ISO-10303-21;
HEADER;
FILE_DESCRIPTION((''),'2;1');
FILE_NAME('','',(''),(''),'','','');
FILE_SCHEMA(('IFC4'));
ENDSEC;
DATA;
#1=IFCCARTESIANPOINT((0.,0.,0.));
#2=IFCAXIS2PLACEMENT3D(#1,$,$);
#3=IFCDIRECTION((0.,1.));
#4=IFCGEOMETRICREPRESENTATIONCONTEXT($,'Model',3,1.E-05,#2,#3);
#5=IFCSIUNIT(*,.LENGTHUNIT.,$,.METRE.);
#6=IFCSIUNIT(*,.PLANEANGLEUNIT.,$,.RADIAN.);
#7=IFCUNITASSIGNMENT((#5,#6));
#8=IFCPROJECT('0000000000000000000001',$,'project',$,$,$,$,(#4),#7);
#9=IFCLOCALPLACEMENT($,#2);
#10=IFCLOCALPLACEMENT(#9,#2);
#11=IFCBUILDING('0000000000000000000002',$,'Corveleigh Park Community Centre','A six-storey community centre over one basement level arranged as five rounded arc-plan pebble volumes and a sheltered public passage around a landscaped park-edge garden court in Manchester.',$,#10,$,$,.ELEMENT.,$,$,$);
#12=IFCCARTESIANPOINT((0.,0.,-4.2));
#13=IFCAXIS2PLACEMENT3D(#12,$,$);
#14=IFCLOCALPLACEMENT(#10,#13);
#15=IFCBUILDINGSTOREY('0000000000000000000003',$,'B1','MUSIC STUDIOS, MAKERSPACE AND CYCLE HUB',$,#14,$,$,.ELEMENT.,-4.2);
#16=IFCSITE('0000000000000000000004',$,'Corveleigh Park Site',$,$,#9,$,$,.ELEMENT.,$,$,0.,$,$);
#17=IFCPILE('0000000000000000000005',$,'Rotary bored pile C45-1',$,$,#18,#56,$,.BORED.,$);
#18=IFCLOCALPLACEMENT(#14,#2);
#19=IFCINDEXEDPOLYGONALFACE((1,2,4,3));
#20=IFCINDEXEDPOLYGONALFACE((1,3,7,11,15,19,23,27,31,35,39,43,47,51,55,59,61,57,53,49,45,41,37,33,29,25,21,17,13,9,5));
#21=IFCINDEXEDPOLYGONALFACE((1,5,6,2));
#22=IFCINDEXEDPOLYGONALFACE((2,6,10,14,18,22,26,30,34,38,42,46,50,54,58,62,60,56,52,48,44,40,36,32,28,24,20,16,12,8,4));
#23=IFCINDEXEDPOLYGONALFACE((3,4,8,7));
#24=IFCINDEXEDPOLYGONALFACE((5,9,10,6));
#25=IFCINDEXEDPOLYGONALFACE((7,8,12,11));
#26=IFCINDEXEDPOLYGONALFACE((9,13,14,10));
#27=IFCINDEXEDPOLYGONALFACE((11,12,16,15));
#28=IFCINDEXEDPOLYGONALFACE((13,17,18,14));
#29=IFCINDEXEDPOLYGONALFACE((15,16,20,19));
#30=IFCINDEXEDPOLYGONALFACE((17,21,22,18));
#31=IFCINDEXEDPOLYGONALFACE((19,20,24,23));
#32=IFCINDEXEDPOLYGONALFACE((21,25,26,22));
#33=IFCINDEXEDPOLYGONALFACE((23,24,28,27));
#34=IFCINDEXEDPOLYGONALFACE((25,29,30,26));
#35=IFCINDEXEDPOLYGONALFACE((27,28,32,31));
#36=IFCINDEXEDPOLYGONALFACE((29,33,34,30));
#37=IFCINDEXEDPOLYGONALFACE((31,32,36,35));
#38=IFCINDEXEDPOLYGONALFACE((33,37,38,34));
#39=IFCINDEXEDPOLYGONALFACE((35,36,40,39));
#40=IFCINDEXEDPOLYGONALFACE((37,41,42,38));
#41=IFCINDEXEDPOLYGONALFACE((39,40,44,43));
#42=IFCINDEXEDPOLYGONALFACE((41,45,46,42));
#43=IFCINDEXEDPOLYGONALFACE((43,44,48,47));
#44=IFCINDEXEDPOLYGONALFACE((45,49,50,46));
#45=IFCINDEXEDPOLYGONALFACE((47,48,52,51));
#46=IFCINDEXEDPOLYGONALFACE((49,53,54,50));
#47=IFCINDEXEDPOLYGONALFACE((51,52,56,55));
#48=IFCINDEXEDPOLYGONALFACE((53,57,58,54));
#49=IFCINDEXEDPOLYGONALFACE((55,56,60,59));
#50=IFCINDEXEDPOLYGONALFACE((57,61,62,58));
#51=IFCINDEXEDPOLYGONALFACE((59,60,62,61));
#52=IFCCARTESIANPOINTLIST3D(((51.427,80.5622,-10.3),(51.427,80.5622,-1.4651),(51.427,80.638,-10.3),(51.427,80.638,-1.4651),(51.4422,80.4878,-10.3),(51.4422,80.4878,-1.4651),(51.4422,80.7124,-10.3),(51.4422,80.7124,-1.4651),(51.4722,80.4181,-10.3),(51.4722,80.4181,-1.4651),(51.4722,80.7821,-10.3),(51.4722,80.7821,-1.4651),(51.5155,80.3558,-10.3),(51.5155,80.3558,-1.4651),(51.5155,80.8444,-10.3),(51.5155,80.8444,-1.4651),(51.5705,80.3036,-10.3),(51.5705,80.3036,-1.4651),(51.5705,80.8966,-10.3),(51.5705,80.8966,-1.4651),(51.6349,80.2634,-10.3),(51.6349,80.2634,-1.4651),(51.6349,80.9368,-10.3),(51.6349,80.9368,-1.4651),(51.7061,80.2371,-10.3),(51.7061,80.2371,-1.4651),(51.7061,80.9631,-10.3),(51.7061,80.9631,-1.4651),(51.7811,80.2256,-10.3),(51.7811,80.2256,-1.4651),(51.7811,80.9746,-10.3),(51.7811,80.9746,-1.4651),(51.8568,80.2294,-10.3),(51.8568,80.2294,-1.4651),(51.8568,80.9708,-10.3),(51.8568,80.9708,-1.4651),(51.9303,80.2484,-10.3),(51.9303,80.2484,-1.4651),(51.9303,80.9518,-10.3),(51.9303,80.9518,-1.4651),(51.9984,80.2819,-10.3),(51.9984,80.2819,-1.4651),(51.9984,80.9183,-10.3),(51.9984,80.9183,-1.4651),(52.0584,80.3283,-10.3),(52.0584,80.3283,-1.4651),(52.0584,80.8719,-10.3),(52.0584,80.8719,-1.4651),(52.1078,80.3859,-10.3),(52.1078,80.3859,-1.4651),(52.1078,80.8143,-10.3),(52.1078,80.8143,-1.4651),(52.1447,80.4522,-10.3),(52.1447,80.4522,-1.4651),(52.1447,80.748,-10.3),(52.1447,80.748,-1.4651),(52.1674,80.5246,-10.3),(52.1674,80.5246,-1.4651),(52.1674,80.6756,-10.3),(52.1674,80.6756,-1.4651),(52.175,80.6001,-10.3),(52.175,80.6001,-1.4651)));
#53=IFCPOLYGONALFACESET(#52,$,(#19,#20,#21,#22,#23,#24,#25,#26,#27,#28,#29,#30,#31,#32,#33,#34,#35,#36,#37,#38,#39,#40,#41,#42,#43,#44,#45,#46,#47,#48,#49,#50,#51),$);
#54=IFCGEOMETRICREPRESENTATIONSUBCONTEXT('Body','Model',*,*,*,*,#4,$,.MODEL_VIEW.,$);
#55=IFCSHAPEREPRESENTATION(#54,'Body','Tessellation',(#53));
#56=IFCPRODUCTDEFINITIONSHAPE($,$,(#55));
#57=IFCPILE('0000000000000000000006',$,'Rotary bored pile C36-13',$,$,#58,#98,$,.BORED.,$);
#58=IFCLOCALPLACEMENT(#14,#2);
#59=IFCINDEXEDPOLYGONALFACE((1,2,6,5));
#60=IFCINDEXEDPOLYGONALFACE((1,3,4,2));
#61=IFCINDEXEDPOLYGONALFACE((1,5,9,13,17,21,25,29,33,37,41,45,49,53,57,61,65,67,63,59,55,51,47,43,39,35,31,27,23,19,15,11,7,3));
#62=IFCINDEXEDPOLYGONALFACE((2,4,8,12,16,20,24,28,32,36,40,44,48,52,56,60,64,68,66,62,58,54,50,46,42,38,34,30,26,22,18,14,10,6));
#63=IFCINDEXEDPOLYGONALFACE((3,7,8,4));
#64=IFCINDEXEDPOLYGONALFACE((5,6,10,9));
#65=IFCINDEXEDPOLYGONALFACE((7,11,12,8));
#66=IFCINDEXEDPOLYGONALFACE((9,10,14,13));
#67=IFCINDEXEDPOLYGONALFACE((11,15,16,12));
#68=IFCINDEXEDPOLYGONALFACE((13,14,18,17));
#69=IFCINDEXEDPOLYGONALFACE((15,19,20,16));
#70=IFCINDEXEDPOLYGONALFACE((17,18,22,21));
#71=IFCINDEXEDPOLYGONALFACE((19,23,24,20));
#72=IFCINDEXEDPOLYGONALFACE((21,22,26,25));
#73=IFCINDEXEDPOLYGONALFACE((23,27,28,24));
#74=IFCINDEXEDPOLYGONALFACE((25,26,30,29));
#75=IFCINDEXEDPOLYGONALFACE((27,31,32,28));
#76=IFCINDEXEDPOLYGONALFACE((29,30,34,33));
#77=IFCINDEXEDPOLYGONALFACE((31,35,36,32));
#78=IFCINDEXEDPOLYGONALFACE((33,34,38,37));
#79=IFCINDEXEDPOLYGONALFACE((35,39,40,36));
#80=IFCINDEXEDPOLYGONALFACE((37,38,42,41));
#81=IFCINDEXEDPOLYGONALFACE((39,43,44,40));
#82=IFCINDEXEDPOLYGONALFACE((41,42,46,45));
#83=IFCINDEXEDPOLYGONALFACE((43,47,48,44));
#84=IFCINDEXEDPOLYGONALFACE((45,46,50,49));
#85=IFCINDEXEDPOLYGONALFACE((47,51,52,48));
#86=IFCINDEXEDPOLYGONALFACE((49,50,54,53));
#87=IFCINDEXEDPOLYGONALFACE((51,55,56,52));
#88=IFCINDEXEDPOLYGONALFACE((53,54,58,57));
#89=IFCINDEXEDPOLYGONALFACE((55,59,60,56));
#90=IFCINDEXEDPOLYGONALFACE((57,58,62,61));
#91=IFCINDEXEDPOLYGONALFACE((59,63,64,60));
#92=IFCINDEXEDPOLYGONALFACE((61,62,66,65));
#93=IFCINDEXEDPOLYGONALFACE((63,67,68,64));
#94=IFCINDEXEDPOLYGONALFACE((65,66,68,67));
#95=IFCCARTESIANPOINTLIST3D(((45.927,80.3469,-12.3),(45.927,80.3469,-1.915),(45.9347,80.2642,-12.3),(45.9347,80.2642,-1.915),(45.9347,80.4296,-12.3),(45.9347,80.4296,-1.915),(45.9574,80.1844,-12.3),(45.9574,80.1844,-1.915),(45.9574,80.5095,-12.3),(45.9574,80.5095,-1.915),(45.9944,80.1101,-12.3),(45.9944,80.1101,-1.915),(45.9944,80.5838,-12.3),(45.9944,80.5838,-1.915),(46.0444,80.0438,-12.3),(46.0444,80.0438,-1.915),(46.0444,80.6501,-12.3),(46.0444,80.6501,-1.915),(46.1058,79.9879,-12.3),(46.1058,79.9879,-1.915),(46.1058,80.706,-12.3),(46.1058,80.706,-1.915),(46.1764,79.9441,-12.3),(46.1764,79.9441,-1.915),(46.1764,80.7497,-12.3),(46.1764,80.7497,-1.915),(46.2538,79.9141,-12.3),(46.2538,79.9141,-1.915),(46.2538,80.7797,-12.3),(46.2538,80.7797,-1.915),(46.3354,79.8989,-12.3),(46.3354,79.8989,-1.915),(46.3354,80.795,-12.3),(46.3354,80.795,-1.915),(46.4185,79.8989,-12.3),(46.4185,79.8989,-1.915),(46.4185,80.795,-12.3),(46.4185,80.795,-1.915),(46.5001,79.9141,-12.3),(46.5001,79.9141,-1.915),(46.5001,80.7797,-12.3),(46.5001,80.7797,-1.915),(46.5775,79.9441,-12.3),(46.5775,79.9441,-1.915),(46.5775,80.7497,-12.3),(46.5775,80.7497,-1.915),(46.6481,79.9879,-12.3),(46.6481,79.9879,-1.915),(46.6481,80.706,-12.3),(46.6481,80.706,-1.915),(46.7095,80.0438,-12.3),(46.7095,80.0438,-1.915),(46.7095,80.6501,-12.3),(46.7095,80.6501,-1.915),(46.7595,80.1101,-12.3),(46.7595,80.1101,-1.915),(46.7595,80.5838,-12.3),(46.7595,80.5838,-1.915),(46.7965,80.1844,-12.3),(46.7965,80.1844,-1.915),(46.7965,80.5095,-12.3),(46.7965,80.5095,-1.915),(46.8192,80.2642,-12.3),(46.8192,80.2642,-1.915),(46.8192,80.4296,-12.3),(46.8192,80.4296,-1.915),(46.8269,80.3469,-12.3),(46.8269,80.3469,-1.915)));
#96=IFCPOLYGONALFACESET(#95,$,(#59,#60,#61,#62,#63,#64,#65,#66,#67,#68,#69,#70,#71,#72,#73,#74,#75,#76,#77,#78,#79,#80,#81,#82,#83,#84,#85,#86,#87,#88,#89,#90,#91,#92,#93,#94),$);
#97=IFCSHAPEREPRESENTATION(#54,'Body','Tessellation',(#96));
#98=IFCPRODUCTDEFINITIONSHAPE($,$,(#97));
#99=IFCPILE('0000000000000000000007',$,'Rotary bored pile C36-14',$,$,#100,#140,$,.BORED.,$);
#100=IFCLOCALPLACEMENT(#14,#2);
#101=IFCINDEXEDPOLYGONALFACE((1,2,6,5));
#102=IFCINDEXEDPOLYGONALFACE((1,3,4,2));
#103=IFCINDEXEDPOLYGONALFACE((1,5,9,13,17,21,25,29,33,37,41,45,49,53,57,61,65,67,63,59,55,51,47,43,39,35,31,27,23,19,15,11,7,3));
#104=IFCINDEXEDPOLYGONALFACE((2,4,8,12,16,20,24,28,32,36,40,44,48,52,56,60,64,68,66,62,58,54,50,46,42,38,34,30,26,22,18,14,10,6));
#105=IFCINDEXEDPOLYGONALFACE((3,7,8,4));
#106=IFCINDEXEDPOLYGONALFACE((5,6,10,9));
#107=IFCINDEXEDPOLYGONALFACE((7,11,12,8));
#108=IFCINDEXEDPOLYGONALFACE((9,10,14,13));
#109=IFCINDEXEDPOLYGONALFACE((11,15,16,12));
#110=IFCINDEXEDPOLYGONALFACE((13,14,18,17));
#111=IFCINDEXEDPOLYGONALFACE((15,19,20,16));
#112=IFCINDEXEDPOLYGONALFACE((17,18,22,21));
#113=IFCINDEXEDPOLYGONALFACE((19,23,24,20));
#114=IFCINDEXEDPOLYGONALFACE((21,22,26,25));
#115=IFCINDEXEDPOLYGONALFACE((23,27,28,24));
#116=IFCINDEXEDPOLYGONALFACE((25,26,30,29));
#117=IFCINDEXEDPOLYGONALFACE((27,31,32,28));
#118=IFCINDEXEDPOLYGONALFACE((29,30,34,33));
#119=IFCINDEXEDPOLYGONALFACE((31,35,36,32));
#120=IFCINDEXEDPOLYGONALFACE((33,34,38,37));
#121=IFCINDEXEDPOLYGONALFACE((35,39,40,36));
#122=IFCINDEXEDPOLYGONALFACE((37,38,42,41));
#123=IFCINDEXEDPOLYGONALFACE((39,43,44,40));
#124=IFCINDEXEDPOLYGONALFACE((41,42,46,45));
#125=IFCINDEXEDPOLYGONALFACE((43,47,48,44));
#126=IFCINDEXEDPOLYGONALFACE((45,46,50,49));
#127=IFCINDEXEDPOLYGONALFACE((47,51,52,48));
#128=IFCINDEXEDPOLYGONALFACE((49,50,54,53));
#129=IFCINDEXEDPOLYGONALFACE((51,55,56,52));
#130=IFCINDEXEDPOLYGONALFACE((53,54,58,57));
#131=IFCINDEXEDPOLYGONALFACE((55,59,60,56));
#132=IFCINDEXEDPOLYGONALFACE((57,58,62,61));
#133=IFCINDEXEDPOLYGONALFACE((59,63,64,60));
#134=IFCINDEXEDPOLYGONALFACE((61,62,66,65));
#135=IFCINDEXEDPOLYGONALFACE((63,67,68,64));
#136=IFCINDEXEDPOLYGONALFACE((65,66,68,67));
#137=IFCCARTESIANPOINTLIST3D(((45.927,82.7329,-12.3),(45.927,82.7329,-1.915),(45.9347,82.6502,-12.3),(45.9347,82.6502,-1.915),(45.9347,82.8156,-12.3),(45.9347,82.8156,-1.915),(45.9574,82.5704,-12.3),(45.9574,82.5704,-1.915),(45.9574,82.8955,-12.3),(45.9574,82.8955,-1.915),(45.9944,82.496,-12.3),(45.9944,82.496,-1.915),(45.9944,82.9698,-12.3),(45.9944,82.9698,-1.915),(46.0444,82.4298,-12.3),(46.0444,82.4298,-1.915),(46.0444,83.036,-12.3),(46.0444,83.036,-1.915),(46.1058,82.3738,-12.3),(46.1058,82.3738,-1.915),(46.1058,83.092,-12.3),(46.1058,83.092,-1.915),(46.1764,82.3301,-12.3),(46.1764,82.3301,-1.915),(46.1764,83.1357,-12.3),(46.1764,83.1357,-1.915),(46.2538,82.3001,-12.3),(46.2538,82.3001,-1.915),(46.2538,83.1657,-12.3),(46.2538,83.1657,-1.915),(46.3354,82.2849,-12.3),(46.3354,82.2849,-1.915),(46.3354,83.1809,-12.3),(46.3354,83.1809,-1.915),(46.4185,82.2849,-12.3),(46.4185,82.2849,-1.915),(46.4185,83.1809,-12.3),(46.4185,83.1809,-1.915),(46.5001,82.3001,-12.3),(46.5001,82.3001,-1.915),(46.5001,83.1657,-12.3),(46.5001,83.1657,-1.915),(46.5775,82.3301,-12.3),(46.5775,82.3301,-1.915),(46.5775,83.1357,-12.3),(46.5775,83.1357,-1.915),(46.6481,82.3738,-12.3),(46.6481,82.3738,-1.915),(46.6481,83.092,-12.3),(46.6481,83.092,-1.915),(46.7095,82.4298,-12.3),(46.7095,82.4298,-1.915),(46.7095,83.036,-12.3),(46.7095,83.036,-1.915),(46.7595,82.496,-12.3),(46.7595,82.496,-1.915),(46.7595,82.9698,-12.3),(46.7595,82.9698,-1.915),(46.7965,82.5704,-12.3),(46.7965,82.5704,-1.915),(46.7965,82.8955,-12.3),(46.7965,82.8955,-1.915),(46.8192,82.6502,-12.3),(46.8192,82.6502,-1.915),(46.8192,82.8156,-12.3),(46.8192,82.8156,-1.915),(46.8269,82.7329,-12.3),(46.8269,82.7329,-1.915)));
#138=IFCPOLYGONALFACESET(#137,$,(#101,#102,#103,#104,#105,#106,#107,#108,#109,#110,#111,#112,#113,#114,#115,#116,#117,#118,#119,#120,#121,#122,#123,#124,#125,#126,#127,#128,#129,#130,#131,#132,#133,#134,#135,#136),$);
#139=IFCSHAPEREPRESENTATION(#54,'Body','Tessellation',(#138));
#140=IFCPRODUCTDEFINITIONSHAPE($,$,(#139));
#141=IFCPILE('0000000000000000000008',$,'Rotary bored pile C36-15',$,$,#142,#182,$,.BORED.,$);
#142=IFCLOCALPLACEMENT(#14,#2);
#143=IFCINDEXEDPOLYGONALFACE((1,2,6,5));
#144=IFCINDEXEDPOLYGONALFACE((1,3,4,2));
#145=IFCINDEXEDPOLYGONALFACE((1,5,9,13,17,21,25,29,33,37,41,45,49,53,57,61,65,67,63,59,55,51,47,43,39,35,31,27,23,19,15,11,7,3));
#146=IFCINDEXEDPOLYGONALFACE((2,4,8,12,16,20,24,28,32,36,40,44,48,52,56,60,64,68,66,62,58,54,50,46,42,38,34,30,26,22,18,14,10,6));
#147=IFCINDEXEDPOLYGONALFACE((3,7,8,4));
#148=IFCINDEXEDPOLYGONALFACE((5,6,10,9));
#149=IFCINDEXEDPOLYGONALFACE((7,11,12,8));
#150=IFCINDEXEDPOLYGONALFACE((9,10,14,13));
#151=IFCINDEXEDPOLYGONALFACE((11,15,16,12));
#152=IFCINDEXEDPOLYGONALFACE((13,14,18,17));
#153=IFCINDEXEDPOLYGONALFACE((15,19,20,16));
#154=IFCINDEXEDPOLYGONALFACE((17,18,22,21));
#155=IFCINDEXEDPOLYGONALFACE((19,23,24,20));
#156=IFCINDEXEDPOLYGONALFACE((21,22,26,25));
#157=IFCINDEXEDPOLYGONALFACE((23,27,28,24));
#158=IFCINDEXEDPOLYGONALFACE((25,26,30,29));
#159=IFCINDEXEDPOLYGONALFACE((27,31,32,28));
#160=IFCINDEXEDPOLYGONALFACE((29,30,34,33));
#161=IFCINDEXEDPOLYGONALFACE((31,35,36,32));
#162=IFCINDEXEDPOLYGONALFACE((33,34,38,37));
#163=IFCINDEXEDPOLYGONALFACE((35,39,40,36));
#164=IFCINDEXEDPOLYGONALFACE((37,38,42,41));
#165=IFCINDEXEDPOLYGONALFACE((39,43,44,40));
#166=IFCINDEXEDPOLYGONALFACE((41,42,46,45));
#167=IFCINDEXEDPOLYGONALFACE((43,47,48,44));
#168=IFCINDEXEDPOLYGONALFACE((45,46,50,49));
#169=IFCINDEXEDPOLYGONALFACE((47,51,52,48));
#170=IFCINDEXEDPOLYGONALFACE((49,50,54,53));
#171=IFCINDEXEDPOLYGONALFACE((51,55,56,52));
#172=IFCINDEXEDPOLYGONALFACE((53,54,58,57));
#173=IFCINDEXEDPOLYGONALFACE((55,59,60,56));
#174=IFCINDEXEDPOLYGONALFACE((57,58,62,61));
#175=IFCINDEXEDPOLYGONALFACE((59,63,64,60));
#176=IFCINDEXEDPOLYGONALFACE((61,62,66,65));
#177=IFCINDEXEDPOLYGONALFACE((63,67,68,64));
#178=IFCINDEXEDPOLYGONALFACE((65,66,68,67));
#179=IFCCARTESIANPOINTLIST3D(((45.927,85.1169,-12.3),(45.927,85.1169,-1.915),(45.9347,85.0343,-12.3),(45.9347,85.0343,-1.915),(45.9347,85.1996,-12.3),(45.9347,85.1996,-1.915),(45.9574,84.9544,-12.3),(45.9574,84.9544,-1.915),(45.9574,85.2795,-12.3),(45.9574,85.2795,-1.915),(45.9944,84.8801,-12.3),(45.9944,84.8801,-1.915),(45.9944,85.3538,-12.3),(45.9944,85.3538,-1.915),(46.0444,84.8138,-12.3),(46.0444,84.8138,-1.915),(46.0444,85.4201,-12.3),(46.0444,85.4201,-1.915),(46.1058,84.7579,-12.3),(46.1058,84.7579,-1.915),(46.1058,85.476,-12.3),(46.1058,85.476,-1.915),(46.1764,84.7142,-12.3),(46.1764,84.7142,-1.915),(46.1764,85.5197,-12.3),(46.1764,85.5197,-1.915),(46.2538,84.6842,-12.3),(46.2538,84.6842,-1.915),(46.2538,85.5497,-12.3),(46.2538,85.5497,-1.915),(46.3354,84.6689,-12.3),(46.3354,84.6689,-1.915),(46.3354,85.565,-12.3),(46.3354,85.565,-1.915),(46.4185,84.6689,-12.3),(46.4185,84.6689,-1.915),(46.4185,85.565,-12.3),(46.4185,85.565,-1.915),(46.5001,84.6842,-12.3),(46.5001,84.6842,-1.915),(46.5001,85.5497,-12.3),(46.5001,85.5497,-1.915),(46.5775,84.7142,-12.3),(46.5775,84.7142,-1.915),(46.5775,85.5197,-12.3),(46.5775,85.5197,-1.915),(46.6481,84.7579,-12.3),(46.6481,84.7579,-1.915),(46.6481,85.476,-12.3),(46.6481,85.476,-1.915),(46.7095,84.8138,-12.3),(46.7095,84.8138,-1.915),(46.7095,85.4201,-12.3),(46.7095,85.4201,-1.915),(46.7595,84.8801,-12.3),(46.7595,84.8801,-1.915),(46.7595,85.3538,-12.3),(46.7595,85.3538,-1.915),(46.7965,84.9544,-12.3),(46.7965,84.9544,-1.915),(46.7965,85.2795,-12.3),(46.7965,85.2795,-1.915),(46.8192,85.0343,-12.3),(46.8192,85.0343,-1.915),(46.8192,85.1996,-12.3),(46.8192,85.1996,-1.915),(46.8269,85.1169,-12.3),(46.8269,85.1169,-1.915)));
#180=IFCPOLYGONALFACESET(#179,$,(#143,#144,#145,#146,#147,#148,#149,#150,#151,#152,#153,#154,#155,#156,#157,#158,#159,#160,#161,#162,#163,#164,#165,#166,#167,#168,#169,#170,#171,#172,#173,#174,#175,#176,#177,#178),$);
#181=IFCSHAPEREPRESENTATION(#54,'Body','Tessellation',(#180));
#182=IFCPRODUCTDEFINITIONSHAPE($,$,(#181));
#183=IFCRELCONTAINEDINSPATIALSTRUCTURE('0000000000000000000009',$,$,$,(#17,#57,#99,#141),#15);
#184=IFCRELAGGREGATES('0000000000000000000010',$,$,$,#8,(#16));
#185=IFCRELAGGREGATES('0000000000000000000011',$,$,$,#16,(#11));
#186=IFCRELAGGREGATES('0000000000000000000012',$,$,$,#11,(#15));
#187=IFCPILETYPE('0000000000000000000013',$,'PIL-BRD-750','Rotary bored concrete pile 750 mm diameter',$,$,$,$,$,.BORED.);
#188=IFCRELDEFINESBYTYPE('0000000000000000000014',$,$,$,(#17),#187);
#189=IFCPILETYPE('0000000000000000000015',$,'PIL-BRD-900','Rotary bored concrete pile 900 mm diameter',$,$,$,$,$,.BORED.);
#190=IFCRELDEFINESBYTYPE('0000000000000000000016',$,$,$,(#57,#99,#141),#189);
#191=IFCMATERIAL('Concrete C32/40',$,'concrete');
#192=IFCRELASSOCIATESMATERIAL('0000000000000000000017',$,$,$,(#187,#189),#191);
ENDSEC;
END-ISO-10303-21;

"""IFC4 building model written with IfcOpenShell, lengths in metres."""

from ifc_helpers import new_model, si_unit, direction, frame, origin, origin_2d, place, context, subcontext, project, spatial, circle, extrude, material, material_profile, profile_set, type_object, element, save


model = new_model("IFC4")

# Units and contexts
model_context = context("Model", 3, precision=1e-05, world=origin(), true_north=direction((0.0, 1.0)))
body_context = subcontext(model_context, "Body", "Model", "MODEL_VIEW")
ifc_project = project(units=[si_unit("LENGTHUNIT", "METRE"), si_unit("PLANEANGLEUNIT", "RADIAN")], contexts=[model_context])

# Site, building, storey
site_placement = place(None, origin())
site = spatial("IfcSite", under=ifc_project, at=site_placement, Name="Corveleigh Park Site", CompositionType="ELEMENT", RefElevation=0.0)
building_placement = place(site_placement, origin())
building = spatial("IfcBuilding", under=site, at=building_placement, Name="Corveleigh Park Community Centre", Description="A six-storey community centre over one basement level arranged as five rounded arc-plan pebble volumes and a sheltered public passage around a landscaped park-edge garden court in Manchester.", CompositionType="ELEMENT")
storey_placement = place(building_placement, frame((0.0, 0.0, -4.2)))
storey = spatial("IfcBuildingStorey", under=building, at=storey_placement, Name="B1", Description="MUSIC STUDIOS, MAKERSPACE AND CYCLE HUB", CompositionType="ELEMENT", Elevation=-4.2)

# Piles
ifc_material_1 = material(Name="Concrete C32/40", Category="concrete")
ifc_material_profile_1 = material_profile(ifc_material_1, circle(Radius=0.375, at=origin_2d()), Name="BORED-PILE-750", Category="concrete")
ifc_profile_set_1 = profile_set([ifc_material_profile_1], Name="Concrete C32/40")
pile_type_1 = type_object("IfcPileType", Name="PIL-BRD-750", Description="Rotary bored concrete pile 750 mm diameter", PredefinedType="BORED", material=ifc_profile_set_1)
for number, where, z_axis, x_axis, name in (
    (1, (51.8, 80.6001, -1.4651), (0.0, 0.0, -1.0), (1.0, 0.0, 0.0), "Rotary bored pile C45-1"),
):
    element("IfcPile", number, at=place(storey_placement, frame(where, z_axis=z_axis, x_axis=x_axis)), inside=storey, type_object=pile_type_1, Name=name, PredefinedType="BORED", context=body_context, shape_type="SweptSolid", body=[
        extrude(circle(Radius=0.375, at=origin_2d()), origin(), (0.0, 0.0, 1.0), 8.835),
    ])
ifc_material_profile_2 = material_profile(ifc_material_1, circle(Radius=0.45, at=origin_2d()), Name="BORED-PILE-900", Category="concrete")
ifc_profile_set_2 = profile_set([ifc_material_profile_2], Name="Concrete C32/40")
pile_type_2 = type_object("IfcPileType", Name="PIL-BRD-900", Description="Rotary bored concrete pile 900 mm diameter", PredefinedType="BORED", material=ifc_profile_set_2)
for number, where, z_axis, x_axis, name in (
    (2, (46.377, 80.3469, -1.915), (0.0, 0.0, -1.0), (1.0, 0.0, 0.0), "Rotary bored pile C36-13"),
    (3, (46.377, 82.7329, -1.915), (0.0, 0.0, -1.0), (1.0, 0.0, 0.0), "Rotary bored pile C36-14"),
    (4, (46.377, 85.1169, -1.915), (0.0, 0.0, -1.0), (1.0, 0.0, 0.0), "Rotary bored pile C36-15"),
):
    element("IfcPile", number, at=place(storey_placement, frame(where, z_axis=z_axis, x_axis=x_axis)), inside=storey, type_object=pile_type_2, Name=name, PredefinedType="BORED", context=body_context, shape_type="SweptSolid", body=[
        extrude(circle(Radius=0.45, at=origin_2d()), origin(), (0.0, 0.0, 1.0), 10.385),
    ])

save(model, "model.ifc")
